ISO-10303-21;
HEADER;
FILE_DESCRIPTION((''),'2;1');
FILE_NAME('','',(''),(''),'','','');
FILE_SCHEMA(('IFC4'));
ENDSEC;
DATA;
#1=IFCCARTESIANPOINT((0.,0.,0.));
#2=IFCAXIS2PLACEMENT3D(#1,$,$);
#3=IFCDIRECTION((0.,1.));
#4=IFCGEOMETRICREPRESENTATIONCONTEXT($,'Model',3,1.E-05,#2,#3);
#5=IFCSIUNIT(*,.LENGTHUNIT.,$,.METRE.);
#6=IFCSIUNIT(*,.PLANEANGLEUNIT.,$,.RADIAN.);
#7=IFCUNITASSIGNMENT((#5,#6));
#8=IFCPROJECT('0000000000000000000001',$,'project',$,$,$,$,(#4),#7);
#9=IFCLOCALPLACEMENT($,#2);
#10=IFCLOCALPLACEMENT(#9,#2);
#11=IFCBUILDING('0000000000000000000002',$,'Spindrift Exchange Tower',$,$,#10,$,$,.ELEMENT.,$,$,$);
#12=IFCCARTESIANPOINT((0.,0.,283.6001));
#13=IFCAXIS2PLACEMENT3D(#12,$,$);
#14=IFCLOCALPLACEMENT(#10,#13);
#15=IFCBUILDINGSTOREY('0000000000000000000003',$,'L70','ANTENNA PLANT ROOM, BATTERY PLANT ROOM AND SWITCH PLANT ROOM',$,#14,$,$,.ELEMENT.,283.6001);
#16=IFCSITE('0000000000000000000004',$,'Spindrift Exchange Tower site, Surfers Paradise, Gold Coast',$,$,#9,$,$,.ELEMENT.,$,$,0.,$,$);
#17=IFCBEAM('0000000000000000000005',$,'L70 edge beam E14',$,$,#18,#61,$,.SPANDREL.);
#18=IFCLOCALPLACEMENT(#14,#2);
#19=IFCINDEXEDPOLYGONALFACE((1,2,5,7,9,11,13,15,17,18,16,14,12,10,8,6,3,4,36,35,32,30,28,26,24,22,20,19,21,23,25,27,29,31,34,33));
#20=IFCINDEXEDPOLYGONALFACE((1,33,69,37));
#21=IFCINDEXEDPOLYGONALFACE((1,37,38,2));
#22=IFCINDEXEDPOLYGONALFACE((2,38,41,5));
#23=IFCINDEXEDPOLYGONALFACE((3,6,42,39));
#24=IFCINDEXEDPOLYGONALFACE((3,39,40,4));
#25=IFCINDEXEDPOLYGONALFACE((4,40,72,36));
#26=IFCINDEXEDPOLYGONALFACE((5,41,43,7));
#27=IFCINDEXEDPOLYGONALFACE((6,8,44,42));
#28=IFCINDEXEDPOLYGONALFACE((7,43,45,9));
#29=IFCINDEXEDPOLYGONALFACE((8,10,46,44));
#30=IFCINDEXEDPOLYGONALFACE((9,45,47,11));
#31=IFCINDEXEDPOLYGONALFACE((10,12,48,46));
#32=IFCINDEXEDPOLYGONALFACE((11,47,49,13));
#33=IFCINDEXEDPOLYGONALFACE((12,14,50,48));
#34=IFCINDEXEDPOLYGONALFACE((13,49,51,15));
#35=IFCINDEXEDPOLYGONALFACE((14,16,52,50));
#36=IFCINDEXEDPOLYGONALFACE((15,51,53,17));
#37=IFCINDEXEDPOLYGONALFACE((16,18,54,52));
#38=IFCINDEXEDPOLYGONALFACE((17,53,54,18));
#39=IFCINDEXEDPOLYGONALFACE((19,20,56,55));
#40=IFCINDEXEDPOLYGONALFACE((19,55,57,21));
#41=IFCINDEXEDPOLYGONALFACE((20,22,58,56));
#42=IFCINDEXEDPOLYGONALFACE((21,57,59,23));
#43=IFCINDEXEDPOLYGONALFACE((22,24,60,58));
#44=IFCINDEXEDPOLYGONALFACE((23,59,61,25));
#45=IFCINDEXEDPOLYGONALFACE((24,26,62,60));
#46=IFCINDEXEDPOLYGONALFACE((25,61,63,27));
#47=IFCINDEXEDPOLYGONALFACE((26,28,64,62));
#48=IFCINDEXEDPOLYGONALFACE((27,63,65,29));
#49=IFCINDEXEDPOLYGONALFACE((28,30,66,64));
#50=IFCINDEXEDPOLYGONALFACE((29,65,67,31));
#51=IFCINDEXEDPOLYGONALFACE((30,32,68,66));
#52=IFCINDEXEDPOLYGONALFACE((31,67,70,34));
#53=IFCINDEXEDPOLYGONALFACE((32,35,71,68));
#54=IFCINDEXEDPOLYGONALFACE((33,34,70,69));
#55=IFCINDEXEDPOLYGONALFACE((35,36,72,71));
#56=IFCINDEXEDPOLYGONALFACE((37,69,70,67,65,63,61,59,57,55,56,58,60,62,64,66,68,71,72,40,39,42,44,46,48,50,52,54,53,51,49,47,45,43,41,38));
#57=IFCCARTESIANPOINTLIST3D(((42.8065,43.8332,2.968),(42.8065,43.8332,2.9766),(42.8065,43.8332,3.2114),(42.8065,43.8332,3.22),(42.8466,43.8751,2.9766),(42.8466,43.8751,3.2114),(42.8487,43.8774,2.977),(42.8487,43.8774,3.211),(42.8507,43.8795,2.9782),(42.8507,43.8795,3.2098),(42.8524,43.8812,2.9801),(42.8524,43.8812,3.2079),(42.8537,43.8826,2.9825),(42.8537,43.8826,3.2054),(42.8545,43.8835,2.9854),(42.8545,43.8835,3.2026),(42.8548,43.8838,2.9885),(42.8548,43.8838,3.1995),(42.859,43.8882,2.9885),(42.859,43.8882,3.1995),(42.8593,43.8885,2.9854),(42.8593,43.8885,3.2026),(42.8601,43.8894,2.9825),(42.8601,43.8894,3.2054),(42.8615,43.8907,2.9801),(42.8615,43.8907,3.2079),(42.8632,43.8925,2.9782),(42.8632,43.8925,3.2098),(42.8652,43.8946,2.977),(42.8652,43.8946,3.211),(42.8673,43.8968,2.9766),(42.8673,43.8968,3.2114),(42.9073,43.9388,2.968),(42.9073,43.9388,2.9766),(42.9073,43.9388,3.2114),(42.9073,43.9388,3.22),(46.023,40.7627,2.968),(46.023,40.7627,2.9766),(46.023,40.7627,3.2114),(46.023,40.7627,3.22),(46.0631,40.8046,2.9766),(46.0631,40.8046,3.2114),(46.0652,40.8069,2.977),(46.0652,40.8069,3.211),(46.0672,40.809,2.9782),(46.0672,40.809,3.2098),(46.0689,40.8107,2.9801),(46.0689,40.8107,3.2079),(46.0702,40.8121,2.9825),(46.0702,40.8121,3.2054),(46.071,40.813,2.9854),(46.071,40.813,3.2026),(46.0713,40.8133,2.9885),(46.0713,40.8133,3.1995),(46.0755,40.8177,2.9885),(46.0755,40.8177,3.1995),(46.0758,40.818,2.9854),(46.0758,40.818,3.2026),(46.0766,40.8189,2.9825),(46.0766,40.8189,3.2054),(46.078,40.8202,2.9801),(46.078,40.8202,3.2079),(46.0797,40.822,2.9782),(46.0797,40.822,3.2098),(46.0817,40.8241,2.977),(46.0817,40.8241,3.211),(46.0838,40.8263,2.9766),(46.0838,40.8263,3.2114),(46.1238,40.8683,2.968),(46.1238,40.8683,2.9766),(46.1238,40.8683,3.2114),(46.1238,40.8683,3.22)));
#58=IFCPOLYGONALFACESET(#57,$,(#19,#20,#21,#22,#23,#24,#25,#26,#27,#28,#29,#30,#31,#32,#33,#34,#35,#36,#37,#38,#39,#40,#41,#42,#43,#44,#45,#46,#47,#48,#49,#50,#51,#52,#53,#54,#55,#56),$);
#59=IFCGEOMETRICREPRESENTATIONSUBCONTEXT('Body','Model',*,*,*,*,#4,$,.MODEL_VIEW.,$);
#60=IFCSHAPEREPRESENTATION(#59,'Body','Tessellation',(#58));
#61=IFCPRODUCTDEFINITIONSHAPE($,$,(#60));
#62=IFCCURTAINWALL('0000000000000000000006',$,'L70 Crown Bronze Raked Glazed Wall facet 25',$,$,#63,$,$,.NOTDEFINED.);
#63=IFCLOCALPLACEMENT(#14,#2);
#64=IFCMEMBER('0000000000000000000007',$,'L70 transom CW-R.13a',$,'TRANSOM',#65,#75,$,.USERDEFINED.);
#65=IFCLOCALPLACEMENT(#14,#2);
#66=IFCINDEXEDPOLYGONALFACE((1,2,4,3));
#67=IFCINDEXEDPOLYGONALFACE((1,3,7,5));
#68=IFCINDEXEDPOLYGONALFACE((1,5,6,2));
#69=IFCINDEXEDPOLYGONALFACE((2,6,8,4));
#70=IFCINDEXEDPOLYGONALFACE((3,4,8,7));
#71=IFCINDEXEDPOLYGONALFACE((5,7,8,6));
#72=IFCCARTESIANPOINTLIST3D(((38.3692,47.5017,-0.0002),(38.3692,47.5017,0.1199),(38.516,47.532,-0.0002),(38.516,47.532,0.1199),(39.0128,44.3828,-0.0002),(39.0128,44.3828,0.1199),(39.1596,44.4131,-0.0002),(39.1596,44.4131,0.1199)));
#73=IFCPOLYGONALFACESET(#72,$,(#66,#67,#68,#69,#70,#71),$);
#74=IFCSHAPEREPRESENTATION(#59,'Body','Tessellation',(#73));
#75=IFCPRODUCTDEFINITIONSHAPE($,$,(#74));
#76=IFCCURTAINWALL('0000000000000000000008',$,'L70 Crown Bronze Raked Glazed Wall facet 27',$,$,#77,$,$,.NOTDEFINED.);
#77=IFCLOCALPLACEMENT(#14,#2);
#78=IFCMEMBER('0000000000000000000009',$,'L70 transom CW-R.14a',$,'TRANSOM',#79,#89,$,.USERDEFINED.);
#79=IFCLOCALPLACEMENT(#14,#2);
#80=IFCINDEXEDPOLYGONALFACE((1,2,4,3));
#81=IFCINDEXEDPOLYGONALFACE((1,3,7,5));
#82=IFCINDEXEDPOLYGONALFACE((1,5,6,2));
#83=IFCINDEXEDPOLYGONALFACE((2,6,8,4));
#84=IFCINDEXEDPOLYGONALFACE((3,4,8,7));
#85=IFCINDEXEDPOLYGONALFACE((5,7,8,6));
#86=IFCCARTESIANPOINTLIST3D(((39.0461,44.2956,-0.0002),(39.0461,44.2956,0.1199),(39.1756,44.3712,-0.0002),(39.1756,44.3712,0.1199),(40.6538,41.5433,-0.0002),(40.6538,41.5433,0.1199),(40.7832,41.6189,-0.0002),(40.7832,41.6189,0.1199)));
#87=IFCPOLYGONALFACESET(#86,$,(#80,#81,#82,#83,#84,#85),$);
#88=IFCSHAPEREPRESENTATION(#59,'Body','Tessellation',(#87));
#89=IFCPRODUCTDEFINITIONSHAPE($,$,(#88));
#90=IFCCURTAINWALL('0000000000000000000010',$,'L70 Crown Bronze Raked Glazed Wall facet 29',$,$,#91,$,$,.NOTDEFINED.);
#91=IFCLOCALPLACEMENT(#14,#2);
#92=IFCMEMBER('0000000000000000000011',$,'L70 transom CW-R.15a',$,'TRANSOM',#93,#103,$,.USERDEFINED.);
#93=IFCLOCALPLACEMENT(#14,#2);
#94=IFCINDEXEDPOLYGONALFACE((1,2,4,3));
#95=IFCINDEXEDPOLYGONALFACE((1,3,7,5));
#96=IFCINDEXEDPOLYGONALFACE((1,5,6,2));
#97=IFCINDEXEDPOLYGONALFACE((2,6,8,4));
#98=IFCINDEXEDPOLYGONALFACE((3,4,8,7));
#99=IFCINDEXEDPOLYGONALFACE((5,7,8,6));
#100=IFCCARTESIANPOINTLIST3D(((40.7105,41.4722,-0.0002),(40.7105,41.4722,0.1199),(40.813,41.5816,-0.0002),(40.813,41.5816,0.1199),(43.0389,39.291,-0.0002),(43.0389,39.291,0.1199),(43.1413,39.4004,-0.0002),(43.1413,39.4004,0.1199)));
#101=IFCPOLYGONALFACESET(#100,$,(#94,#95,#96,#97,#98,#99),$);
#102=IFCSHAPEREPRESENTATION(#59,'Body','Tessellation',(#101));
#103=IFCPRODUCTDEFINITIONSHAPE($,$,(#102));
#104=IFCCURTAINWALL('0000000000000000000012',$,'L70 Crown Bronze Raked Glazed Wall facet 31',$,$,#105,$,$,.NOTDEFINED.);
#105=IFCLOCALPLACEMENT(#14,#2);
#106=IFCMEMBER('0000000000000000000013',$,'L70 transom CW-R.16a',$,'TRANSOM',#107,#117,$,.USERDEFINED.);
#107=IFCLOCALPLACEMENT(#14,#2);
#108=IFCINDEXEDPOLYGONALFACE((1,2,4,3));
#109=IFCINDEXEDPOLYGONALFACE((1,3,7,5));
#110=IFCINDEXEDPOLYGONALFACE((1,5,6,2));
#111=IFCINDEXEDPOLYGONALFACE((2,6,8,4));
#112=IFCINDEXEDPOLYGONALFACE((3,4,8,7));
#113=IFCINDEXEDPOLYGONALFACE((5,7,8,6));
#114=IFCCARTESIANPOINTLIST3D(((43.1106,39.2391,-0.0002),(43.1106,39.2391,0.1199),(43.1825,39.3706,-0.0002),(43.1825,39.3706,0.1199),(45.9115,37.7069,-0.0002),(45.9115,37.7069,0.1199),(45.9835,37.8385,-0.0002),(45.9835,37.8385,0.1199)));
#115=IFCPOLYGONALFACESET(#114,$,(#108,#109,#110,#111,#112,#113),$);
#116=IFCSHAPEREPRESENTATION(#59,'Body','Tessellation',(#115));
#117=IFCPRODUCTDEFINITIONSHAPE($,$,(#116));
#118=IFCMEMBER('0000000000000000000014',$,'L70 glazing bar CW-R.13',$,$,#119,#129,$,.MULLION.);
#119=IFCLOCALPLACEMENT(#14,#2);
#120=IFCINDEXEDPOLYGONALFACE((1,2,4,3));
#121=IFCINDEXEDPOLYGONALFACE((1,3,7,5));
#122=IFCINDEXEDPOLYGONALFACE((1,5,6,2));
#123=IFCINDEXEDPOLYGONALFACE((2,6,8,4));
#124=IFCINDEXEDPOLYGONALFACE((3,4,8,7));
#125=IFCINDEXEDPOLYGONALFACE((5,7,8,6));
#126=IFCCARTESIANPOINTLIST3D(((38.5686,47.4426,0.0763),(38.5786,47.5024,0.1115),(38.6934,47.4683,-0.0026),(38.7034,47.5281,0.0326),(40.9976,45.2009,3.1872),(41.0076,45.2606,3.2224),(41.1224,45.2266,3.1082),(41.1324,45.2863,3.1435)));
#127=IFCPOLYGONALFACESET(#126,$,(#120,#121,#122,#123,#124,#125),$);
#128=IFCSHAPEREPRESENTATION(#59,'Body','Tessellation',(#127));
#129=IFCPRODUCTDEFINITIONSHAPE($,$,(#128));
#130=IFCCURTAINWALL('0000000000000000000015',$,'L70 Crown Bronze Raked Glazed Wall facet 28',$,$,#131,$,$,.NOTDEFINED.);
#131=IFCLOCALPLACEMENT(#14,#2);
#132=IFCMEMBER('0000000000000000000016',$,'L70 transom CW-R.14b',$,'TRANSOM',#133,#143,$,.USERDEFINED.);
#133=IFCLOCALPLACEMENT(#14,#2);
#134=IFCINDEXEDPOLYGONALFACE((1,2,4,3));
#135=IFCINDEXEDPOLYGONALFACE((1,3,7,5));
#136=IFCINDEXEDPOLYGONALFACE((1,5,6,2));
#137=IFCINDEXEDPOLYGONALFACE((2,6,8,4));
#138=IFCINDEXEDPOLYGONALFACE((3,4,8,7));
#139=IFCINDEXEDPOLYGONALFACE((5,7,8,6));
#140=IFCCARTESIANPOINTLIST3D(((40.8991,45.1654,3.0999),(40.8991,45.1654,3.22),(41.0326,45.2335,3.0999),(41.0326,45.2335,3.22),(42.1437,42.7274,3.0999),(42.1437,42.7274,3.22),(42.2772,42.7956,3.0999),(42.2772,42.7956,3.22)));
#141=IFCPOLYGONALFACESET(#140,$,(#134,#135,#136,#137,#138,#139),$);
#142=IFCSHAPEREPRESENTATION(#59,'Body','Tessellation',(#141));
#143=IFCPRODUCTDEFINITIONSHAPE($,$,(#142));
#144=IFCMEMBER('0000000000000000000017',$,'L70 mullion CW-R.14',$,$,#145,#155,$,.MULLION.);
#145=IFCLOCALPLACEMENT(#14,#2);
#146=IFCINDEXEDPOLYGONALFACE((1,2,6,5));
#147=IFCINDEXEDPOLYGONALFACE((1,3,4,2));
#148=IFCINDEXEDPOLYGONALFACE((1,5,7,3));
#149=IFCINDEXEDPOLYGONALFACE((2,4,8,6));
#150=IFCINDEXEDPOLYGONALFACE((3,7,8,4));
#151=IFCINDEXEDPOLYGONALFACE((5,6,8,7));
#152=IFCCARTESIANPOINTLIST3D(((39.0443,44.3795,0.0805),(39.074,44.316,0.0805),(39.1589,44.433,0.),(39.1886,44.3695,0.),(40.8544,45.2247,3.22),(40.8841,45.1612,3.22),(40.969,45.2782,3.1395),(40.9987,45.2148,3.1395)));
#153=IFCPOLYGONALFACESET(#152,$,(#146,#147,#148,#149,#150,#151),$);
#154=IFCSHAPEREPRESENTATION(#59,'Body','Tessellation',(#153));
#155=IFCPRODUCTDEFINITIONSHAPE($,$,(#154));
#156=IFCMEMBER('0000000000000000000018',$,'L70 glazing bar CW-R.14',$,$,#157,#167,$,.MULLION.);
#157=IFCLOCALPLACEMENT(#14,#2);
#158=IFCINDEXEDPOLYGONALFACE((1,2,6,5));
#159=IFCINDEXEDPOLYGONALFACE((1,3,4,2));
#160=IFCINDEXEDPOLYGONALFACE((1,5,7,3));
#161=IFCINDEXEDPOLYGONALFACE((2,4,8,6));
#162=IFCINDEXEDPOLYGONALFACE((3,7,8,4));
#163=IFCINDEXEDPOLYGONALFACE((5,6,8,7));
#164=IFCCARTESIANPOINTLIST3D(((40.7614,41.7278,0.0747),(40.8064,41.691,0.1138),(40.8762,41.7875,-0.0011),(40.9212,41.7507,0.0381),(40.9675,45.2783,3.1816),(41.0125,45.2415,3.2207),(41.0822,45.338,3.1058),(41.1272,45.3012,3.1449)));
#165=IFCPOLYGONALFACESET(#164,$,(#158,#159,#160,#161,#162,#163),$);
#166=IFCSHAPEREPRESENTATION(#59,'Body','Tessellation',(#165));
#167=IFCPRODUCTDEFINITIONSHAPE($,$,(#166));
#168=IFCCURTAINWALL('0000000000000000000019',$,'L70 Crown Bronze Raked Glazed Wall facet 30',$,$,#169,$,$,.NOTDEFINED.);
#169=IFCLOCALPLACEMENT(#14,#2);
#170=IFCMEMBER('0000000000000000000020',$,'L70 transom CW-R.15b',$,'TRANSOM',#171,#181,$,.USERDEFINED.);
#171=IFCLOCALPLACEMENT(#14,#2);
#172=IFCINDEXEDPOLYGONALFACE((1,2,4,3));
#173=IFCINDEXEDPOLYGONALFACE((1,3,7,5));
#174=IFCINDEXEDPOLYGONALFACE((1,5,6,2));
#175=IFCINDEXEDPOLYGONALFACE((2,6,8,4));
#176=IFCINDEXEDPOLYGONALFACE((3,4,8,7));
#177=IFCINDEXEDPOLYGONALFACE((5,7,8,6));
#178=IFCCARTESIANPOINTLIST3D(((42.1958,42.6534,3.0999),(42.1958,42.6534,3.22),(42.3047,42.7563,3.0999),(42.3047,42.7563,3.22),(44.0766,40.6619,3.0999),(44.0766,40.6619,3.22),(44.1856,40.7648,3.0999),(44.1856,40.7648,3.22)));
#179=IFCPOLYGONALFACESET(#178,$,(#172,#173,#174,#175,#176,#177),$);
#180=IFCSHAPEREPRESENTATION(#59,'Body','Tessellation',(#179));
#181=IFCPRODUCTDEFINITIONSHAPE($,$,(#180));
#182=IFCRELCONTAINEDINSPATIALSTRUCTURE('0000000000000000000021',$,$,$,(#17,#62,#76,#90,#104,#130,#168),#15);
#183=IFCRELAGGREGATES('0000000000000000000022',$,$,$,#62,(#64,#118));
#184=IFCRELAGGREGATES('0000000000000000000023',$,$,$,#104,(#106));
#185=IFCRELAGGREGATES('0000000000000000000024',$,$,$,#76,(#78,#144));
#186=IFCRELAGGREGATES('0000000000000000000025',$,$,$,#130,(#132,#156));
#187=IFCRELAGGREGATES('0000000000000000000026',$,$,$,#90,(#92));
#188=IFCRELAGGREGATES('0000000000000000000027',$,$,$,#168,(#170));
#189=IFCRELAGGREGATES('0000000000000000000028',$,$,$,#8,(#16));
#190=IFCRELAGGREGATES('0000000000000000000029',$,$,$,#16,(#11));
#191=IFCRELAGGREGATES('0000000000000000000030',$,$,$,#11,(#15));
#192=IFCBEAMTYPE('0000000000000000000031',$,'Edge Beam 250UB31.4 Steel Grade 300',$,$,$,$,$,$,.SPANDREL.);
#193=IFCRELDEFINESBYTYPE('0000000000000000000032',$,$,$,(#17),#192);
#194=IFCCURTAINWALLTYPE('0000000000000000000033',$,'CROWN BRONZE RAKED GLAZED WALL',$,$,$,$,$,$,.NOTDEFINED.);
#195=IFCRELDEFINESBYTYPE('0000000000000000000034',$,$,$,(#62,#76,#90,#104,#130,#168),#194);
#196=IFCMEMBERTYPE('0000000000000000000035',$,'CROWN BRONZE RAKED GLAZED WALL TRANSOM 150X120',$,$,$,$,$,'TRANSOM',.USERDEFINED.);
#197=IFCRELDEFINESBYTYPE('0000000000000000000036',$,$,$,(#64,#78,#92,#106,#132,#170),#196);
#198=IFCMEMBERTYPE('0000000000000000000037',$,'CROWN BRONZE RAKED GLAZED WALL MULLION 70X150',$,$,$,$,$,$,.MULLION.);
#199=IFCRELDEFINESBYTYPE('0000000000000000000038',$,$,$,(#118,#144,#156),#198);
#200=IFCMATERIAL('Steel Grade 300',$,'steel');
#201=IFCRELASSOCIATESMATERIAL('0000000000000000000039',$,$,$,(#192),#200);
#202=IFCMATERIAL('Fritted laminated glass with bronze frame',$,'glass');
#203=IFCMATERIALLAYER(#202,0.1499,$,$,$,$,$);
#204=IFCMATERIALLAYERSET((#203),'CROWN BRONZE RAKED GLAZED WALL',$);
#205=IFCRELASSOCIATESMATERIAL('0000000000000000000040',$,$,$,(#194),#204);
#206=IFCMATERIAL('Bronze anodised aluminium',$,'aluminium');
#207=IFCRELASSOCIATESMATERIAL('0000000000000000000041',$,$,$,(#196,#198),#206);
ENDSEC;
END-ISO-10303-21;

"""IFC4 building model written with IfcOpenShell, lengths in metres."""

from ifc_helpers import new_model, si_unit, direction, frame, origin, origin_2d, place, context, subcontext, project, spatial, rectangle, i_section, extrude, source, transform, mapped, material, layer, layer_set, material_profile, profile_set, type_object, element, aggregate, save


model = new_model("IFC4")

# Units and contexts
model_context = context("Model", 3, precision=1e-05, world=origin(), true_north=direction((0.0, 1.0)))
body_context = subcontext(model_context, "Body", "Model", "MODEL_VIEW")
ifc_project = project(units=[si_unit("LENGTHUNIT", "METRE"), si_unit("PLANEANGLEUNIT", "RADIAN")], contexts=[model_context])

# Site, building, storey
site_placement = place(None, origin())
site = spatial("IfcSite", under=ifc_project, at=site_placement, Name="Spindrift Exchange Tower site, Surfers Paradise, Gold Coast", CompositionType="ELEMENT", RefElevation=0.0)
building_placement = place(site_placement, origin())
building = spatial("IfcBuilding", under=site, at=building_placement, Name="Spindrift Exchange Tower", CompositionType="ELEMENT")
storey_placement = place(building_placement, frame((0.0, 0.0, 283.6001)))
storey = spatial("IfcBuildingStorey", under=building, at=storey_placement, Name="L70", Description="ANTENNA PLANT ROOM, BATTERY PLANT ROOM AND SWITCH PLANT ROOM", CompositionType="ELEMENT", Elevation=283.6001)

# Beam
ifc_material_1 = material(Name="Steel Grade 300", Category="steel")
ifc_material_profile_1 = material_profile(ifc_material_1, i_section(OverallWidth=0.146, OverallDepth=0.252, WebThickness=0.0061, FlangeThickness=0.0085, FilletRadius=0.012, at=origin_2d()), Name="250UB31.4")
ifc_profile_set_1 = profile_set([ifc_material_profile_1], Name="Steel Grade 300")
beam_type = type_object("IfcBeamType", Name="Edge Beam 250UB31.4 Steel Grade 300", PredefinedType="SPANDREL", material=ifc_profile_set_1)
shared_shape_1 = source(origin(), body_context, "Body", "SweptSolid", [
    extrude(i_section(OverallWidth=0.146, OverallDepth=0.252, WebThickness=0.0061, FlangeThickness=0.0085, FilletRadius=0.012, at=origin_2d()), origin(), (0.0, 0.0, 1.0), 4.4468),
])
beam_1_placement = place(storey_placement, frame((42.8569, 43.886, 3.094), z_axis=(0.723332, -0.690501, 0.0), x_axis=(0.690501, 0.723332, 0.0)))
element("IfcBeam", 1, at=beam_1_placement, inside=storey, type_object=beam_type, Name="L70 edge beam E14", PredefinedType="SPANDREL", context=body_context, shape_type="MappedRepresentation", body=[
    mapped(shared_shape_1, transform((0.0, 0.0, 0.0), scale=1.0)),
])

# Curtain walls, members
ifc_material_2 = material(Name="Fritted laminated glass with bronze frame", Category="glass")
ifc_layer_1 = layer(ifc_material_2, 0.1499)
ifc_layer_set_1 = layer_set([ifc_layer_1], Name="CROWN BRONZE RAKED GLAZED WALL")
curtain_wall_type = type_object("IfcCurtainWallType", Name="CROWN BRONZE RAKED GLAZED WALL", PredefinedType="NOTDEFINED", material=ifc_layer_set_1)
curtain_wall_1_placement = place(storey_placement, origin())
curtain_wall_1 = element("IfcCurtainWall", 2, at=curtain_wall_1_placement, inside=storey, type_object=curtain_wall_type, Name="L70 Crown Bronze Raked Glazed Wall facet 25", PredefinedType="NOTDEFINED")
ifc_material_3 = material(Name="Bronze anodised aluminium", Category="aluminium")
ifc_material_profile_2 = material_profile(ifc_material_3, rectangle(XDim=0.1499, YDim=0.1201, at=origin_2d()), Name="CROWN BRONZE RAKED GLAZED WALL TRANSOM 150X120")
ifc_profile_set_2 = profile_set([ifc_material_profile_2], Name="Bronze anodised aluminium")
member_type_1 = type_object("IfcMemberType", Name="CROWN BRONZE RAKED GLAZED WALL TRANSOM 150X120", ElementType="TRANSOM", PredefinedType="USERDEFINED", material=ifc_profile_set_2)
shared_shape_2 = source(origin(), body_context, "Body", "SweptSolid", [
    extrude(rectangle(XDim=0.1499, YDim=0.1201, at=origin_2d()), origin(), (0.0, 0.0, 1.0), 3.1846),
])
member_1_placement = place(storey_placement, frame((38.4426, 47.5168, 0.0598), z_axis=(0.202083, -0.979368, 0.0), x_axis=(0.979368, 0.202083, 0.0)))
member_1 = element("IfcMember", 3, at=member_1_placement, type_object=member_type_1, Name="L70 transom CW-R.13a", ObjectType="TRANSOM", PredefinedType="USERDEFINED", context=body_context, shape_type="MappedRepresentation", body=[
    mapped(shared_shape_2, transform((0.0, 0.0, 0.0), scale=1.0)),
])
curtain_wall_2_placement = place(storey_placement, origin())
curtain_wall_2 = element("IfcCurtainWall", 4, at=curtain_wall_2_placement, inside=storey, type_object=curtain_wall_type, Name="L70 Crown Bronze Raked Glazed Wall facet 27", PredefinedType="NOTDEFINED")
shared_shape_3 = source(origin(), body_context, "Body", "SweptSolid", [
    extrude(rectangle(XDim=0.1499, YDim=0.1201, at=origin_2d()), origin(), (0.0, 0.0, 1.0), 3.1875),
])
member_2_placement = place(storey_placement, frame((40.7185, 41.5811, 0.0598), z_axis=(-0.504357, 0.863495, 0.0), x_axis=(-0.863495, -0.504357, 0.0)))
member_2 = element("IfcMember", 5, at=member_2_placement, type_object=member_type_1, Name="L70 transom CW-R.14a", ObjectType="TRANSOM", PredefinedType="USERDEFINED", context=body_context, shape_type="MappedRepresentation", body=[
    mapped(shared_shape_3, transform((0.0, 0.0, 0.0), scale=1.0)),
])
curtain_wall_3_placement = place(storey_placement, origin())
curtain_wall_3 = element("IfcCurtainWall", 6, at=curtain_wall_3_placement, inside=storey, type_object=curtain_wall_type, Name="L70 Crown Bronze Raked Glazed Wall facet 29", PredefinedType="NOTDEFINED")
shared_shape_4 = source(origin(), body_context, "Body", "SweptSolid", [
    extrude(rectangle(XDim=0.1499, YDim=0.1201, at=origin_2d()), origin(), (0.0, 0.0, 1.0), 3.1904),
])
member_3_placement = place(storey_placement, frame((40.7617, 41.5269, 0.0598), z_axis=(0.729802, -0.683659, 0.0), x_axis=(0.683659, 0.729802, 0.0)))
member_3 = element("IfcMember", 7, at=member_3_placement, type_object=member_type_1, Name="L70 transom CW-R.15a", ObjectType="TRANSOM", PredefinedType="USERDEFINED", context=body_context, shape_type="MappedRepresentation", body=[
    mapped(shared_shape_4, transform((0.0, 0.0, 0.0), scale=1.0)),
])
curtain_wall_4_placement = place(storey_placement, origin())
curtain_wall_4 = element("IfcCurtainWall", 8, at=curtain_wall_4_placement, inside=storey, type_object=curtain_wall_type, Name="L70 Crown Bronze Raked Glazed Wall facet 31", PredefinedType="NOTDEFINED")
shared_shape_5 = source(origin(), body_context, "Body", "SweptSolid", [
    extrude(rectangle(XDim=0.1499, YDim=0.1201, at=origin_2d()), origin(), (0.0, 0.0, 1.0), 3.1926),
])
member_4_placement = place(storey_placement, frame((45.9475, 37.7727, 0.0598), z_axis=(-0.877316, 0.479913, 0.0), x_axis=(-0.479913, -0.877316, 0.0)))
member_4 = element("IfcMember", 9, at=member_4_placement, type_object=member_type_1, Name="L70 transom CW-R.16a", ObjectType="TRANSOM", PredefinedType="USERDEFINED", context=body_context, shape_type="MappedRepresentation", body=[
    mapped(shared_shape_5, transform((0.0, 0.0, 0.0), scale=1.0)),
])

# Member
ifc_material_profile_3 = material_profile(ifc_material_3, rectangle(XDim=0.0701, YDim=0.1499, at=origin_2d()), Name="CROWN BRONZE RAKED GLAZED WALL MULLION 70X150")
ifc_profile_set_3 = profile_set([ifc_material_profile_3], Name="Bronze anodised aluminium")
member_type_2 = type_object("IfcMemberType", Name="CROWN BRONZE RAKED GLAZED WALL MULLION 70X150", PredefinedType="MULLION", material=ifc_profile_set_3)
shared_shape_6 = source(origin(), body_context, "Body", "SweptSolid", [
    extrude(rectangle(XDim=0.0701, YDim=0.1499, at=origin_2d()), origin(), (0.0, 0.0, 1.0), 4.5391),
])
member_5_placement = place(storey_placement, frame((38.636, 47.4854, 0.0544), z_axis=(0.535132, -0.493877, 0.685361), x_axis=(0.142544, 0.852457, 0.502989)))
member_5 = element("IfcMember", 10, at=member_5_placement, type_object=member_type_2, Name="L70 glazing bar CW-R.13", PredefinedType="MULLION", context=body_context, shape_type="MappedRepresentation", body=[
    mapped(shared_shape_6, transform((0.0, 0.0, 0.0), scale=1.0)),
])
aggregate(curtain_wall_1, [member_1, member_5])

# Curtain wall, member
curtain_wall_5_placement = place(storey_placement, origin())
curtain_wall_5 = element("IfcCurtainWall", 11, at=curtain_wall_5_placement, inside=storey, type_object=curtain_wall_type, Name="L70 Crown Bronze Raked Glazed Wall facet 28", PredefinedType="NOTDEFINED")
shared_shape_7 = source(origin(), body_context, "Body", "SweptSolid", [
    extrude(rectangle(XDim=0.1499, YDim=0.1201, at=origin_2d()), origin(), (0.0, 0.0, 1.0), 2.7373),
])
member_6_placement = place(storey_placement, frame((42.2104, 42.7615, 3.1599), z_axis=(-0.45469, 0.89065, 0.0), x_axis=(-0.89065, -0.45469, 0.0)))
member_6 = element("IfcMember", 12, at=member_6_placement, type_object=member_type_1, Name="L70 transom CW-R.14b", ObjectType="TRANSOM", PredefinedType="USERDEFINED", context=body_context, shape_type="MappedRepresentation", body=[
    mapped(shared_shape_7, transform((0.0, 0.0, 0.0), scale=1.0)),
])

# Members
shared_shape_8 = source(origin(), body_context, "Body", "SweptSolid", [
    extrude(rectangle(XDim=0.0701, YDim=0.1499, at=origin_2d()), origin(), (0.0, 0.0, 1.0), 3.7212),
])
member_7_placement = place(storey_placement, frame((39.1165, 44.3745, 0.0403), z_axis=(0.486432, 0.227141, 0.843677), x_axis=(-0.4231, 0.906083, 0.0)))
member_7 = element("IfcMember", 13, at=member_7_placement, type_object=member_type_2, Name="L70 mullion CW-R.14", PredefinedType="MULLION", context=body_context, shape_type="MappedRepresentation", body=[
    mapped(shared_shape_8, transform((0.0, 0.0, 0.0), scale=1.0)),
])
shared_shape_9 = source(origin(), body_context, "Body", "SweptSolid", [
    extrude(rectangle(XDim=0.0701, YDim=0.1499, at=origin_2d()), origin(), (0.0, 0.0, 1.0), 4.7224),
])
member_8_placement = place(storey_placement, frame((40.8413, 41.7393, 0.0564), z_axis=(0.043633, 0.751838, 0.657903), x_axis=(-0.641923, 0.525701, -0.558187)))
member_8 = element("IfcMember", 14, at=member_8_placement, type_object=member_type_2, Name="L70 glazing bar CW-R.14", PredefinedType="MULLION", context=body_context, shape_type="MappedRepresentation", body=[
    mapped(shared_shape_9, transform((0.0, 0.0, 0.0), scale=1.0)),
])

# Curtain wall, member
curtain_wall_6_placement = place(storey_placement, origin())
curtain_wall_6 = element("IfcCurtainWall", 15, at=curtain_wall_6_placement, inside=storey, type_object=curtain_wall_type, Name="L70 Crown Bronze Raked Glazed Wall facet 30", PredefinedType="NOTDEFINED")
shared_shape_10 = source(origin(), body_context, "Body", "SweptSolid", [
    extrude(rectangle(XDim=0.1499, YDim=0.1201, at=origin_2d()), origin(), (0.0, 0.0, 1.0), 2.7393),
])
member_9_placement = place(storey_placement, frame((42.2502, 42.7048, 3.1599), z_axis=(0.686631, -0.727006, 0.0), x_axis=(0.727006, 0.686631, 0.0)))
member_9 = element("IfcMember", 16, at=member_9_placement, type_object=member_type_1, Name="L70 transom CW-R.15b", ObjectType="TRANSOM", PredefinedType="USERDEFINED", context=body_context, shape_type="MappedRepresentation", body=[
    mapped(shared_shape_10, transform((0.0, 0.0, 0.0), scale=1.0)),
])

aggregate(curtain_wall_4, [member_4])

aggregate(curtain_wall_2, [member_2, member_7])
aggregate(curtain_wall_5, [member_6, member_8])

aggregate(curtain_wall_3, [member_3])
aggregate(curtain_wall_6, [member_9])

save(model, "model.ifc")
